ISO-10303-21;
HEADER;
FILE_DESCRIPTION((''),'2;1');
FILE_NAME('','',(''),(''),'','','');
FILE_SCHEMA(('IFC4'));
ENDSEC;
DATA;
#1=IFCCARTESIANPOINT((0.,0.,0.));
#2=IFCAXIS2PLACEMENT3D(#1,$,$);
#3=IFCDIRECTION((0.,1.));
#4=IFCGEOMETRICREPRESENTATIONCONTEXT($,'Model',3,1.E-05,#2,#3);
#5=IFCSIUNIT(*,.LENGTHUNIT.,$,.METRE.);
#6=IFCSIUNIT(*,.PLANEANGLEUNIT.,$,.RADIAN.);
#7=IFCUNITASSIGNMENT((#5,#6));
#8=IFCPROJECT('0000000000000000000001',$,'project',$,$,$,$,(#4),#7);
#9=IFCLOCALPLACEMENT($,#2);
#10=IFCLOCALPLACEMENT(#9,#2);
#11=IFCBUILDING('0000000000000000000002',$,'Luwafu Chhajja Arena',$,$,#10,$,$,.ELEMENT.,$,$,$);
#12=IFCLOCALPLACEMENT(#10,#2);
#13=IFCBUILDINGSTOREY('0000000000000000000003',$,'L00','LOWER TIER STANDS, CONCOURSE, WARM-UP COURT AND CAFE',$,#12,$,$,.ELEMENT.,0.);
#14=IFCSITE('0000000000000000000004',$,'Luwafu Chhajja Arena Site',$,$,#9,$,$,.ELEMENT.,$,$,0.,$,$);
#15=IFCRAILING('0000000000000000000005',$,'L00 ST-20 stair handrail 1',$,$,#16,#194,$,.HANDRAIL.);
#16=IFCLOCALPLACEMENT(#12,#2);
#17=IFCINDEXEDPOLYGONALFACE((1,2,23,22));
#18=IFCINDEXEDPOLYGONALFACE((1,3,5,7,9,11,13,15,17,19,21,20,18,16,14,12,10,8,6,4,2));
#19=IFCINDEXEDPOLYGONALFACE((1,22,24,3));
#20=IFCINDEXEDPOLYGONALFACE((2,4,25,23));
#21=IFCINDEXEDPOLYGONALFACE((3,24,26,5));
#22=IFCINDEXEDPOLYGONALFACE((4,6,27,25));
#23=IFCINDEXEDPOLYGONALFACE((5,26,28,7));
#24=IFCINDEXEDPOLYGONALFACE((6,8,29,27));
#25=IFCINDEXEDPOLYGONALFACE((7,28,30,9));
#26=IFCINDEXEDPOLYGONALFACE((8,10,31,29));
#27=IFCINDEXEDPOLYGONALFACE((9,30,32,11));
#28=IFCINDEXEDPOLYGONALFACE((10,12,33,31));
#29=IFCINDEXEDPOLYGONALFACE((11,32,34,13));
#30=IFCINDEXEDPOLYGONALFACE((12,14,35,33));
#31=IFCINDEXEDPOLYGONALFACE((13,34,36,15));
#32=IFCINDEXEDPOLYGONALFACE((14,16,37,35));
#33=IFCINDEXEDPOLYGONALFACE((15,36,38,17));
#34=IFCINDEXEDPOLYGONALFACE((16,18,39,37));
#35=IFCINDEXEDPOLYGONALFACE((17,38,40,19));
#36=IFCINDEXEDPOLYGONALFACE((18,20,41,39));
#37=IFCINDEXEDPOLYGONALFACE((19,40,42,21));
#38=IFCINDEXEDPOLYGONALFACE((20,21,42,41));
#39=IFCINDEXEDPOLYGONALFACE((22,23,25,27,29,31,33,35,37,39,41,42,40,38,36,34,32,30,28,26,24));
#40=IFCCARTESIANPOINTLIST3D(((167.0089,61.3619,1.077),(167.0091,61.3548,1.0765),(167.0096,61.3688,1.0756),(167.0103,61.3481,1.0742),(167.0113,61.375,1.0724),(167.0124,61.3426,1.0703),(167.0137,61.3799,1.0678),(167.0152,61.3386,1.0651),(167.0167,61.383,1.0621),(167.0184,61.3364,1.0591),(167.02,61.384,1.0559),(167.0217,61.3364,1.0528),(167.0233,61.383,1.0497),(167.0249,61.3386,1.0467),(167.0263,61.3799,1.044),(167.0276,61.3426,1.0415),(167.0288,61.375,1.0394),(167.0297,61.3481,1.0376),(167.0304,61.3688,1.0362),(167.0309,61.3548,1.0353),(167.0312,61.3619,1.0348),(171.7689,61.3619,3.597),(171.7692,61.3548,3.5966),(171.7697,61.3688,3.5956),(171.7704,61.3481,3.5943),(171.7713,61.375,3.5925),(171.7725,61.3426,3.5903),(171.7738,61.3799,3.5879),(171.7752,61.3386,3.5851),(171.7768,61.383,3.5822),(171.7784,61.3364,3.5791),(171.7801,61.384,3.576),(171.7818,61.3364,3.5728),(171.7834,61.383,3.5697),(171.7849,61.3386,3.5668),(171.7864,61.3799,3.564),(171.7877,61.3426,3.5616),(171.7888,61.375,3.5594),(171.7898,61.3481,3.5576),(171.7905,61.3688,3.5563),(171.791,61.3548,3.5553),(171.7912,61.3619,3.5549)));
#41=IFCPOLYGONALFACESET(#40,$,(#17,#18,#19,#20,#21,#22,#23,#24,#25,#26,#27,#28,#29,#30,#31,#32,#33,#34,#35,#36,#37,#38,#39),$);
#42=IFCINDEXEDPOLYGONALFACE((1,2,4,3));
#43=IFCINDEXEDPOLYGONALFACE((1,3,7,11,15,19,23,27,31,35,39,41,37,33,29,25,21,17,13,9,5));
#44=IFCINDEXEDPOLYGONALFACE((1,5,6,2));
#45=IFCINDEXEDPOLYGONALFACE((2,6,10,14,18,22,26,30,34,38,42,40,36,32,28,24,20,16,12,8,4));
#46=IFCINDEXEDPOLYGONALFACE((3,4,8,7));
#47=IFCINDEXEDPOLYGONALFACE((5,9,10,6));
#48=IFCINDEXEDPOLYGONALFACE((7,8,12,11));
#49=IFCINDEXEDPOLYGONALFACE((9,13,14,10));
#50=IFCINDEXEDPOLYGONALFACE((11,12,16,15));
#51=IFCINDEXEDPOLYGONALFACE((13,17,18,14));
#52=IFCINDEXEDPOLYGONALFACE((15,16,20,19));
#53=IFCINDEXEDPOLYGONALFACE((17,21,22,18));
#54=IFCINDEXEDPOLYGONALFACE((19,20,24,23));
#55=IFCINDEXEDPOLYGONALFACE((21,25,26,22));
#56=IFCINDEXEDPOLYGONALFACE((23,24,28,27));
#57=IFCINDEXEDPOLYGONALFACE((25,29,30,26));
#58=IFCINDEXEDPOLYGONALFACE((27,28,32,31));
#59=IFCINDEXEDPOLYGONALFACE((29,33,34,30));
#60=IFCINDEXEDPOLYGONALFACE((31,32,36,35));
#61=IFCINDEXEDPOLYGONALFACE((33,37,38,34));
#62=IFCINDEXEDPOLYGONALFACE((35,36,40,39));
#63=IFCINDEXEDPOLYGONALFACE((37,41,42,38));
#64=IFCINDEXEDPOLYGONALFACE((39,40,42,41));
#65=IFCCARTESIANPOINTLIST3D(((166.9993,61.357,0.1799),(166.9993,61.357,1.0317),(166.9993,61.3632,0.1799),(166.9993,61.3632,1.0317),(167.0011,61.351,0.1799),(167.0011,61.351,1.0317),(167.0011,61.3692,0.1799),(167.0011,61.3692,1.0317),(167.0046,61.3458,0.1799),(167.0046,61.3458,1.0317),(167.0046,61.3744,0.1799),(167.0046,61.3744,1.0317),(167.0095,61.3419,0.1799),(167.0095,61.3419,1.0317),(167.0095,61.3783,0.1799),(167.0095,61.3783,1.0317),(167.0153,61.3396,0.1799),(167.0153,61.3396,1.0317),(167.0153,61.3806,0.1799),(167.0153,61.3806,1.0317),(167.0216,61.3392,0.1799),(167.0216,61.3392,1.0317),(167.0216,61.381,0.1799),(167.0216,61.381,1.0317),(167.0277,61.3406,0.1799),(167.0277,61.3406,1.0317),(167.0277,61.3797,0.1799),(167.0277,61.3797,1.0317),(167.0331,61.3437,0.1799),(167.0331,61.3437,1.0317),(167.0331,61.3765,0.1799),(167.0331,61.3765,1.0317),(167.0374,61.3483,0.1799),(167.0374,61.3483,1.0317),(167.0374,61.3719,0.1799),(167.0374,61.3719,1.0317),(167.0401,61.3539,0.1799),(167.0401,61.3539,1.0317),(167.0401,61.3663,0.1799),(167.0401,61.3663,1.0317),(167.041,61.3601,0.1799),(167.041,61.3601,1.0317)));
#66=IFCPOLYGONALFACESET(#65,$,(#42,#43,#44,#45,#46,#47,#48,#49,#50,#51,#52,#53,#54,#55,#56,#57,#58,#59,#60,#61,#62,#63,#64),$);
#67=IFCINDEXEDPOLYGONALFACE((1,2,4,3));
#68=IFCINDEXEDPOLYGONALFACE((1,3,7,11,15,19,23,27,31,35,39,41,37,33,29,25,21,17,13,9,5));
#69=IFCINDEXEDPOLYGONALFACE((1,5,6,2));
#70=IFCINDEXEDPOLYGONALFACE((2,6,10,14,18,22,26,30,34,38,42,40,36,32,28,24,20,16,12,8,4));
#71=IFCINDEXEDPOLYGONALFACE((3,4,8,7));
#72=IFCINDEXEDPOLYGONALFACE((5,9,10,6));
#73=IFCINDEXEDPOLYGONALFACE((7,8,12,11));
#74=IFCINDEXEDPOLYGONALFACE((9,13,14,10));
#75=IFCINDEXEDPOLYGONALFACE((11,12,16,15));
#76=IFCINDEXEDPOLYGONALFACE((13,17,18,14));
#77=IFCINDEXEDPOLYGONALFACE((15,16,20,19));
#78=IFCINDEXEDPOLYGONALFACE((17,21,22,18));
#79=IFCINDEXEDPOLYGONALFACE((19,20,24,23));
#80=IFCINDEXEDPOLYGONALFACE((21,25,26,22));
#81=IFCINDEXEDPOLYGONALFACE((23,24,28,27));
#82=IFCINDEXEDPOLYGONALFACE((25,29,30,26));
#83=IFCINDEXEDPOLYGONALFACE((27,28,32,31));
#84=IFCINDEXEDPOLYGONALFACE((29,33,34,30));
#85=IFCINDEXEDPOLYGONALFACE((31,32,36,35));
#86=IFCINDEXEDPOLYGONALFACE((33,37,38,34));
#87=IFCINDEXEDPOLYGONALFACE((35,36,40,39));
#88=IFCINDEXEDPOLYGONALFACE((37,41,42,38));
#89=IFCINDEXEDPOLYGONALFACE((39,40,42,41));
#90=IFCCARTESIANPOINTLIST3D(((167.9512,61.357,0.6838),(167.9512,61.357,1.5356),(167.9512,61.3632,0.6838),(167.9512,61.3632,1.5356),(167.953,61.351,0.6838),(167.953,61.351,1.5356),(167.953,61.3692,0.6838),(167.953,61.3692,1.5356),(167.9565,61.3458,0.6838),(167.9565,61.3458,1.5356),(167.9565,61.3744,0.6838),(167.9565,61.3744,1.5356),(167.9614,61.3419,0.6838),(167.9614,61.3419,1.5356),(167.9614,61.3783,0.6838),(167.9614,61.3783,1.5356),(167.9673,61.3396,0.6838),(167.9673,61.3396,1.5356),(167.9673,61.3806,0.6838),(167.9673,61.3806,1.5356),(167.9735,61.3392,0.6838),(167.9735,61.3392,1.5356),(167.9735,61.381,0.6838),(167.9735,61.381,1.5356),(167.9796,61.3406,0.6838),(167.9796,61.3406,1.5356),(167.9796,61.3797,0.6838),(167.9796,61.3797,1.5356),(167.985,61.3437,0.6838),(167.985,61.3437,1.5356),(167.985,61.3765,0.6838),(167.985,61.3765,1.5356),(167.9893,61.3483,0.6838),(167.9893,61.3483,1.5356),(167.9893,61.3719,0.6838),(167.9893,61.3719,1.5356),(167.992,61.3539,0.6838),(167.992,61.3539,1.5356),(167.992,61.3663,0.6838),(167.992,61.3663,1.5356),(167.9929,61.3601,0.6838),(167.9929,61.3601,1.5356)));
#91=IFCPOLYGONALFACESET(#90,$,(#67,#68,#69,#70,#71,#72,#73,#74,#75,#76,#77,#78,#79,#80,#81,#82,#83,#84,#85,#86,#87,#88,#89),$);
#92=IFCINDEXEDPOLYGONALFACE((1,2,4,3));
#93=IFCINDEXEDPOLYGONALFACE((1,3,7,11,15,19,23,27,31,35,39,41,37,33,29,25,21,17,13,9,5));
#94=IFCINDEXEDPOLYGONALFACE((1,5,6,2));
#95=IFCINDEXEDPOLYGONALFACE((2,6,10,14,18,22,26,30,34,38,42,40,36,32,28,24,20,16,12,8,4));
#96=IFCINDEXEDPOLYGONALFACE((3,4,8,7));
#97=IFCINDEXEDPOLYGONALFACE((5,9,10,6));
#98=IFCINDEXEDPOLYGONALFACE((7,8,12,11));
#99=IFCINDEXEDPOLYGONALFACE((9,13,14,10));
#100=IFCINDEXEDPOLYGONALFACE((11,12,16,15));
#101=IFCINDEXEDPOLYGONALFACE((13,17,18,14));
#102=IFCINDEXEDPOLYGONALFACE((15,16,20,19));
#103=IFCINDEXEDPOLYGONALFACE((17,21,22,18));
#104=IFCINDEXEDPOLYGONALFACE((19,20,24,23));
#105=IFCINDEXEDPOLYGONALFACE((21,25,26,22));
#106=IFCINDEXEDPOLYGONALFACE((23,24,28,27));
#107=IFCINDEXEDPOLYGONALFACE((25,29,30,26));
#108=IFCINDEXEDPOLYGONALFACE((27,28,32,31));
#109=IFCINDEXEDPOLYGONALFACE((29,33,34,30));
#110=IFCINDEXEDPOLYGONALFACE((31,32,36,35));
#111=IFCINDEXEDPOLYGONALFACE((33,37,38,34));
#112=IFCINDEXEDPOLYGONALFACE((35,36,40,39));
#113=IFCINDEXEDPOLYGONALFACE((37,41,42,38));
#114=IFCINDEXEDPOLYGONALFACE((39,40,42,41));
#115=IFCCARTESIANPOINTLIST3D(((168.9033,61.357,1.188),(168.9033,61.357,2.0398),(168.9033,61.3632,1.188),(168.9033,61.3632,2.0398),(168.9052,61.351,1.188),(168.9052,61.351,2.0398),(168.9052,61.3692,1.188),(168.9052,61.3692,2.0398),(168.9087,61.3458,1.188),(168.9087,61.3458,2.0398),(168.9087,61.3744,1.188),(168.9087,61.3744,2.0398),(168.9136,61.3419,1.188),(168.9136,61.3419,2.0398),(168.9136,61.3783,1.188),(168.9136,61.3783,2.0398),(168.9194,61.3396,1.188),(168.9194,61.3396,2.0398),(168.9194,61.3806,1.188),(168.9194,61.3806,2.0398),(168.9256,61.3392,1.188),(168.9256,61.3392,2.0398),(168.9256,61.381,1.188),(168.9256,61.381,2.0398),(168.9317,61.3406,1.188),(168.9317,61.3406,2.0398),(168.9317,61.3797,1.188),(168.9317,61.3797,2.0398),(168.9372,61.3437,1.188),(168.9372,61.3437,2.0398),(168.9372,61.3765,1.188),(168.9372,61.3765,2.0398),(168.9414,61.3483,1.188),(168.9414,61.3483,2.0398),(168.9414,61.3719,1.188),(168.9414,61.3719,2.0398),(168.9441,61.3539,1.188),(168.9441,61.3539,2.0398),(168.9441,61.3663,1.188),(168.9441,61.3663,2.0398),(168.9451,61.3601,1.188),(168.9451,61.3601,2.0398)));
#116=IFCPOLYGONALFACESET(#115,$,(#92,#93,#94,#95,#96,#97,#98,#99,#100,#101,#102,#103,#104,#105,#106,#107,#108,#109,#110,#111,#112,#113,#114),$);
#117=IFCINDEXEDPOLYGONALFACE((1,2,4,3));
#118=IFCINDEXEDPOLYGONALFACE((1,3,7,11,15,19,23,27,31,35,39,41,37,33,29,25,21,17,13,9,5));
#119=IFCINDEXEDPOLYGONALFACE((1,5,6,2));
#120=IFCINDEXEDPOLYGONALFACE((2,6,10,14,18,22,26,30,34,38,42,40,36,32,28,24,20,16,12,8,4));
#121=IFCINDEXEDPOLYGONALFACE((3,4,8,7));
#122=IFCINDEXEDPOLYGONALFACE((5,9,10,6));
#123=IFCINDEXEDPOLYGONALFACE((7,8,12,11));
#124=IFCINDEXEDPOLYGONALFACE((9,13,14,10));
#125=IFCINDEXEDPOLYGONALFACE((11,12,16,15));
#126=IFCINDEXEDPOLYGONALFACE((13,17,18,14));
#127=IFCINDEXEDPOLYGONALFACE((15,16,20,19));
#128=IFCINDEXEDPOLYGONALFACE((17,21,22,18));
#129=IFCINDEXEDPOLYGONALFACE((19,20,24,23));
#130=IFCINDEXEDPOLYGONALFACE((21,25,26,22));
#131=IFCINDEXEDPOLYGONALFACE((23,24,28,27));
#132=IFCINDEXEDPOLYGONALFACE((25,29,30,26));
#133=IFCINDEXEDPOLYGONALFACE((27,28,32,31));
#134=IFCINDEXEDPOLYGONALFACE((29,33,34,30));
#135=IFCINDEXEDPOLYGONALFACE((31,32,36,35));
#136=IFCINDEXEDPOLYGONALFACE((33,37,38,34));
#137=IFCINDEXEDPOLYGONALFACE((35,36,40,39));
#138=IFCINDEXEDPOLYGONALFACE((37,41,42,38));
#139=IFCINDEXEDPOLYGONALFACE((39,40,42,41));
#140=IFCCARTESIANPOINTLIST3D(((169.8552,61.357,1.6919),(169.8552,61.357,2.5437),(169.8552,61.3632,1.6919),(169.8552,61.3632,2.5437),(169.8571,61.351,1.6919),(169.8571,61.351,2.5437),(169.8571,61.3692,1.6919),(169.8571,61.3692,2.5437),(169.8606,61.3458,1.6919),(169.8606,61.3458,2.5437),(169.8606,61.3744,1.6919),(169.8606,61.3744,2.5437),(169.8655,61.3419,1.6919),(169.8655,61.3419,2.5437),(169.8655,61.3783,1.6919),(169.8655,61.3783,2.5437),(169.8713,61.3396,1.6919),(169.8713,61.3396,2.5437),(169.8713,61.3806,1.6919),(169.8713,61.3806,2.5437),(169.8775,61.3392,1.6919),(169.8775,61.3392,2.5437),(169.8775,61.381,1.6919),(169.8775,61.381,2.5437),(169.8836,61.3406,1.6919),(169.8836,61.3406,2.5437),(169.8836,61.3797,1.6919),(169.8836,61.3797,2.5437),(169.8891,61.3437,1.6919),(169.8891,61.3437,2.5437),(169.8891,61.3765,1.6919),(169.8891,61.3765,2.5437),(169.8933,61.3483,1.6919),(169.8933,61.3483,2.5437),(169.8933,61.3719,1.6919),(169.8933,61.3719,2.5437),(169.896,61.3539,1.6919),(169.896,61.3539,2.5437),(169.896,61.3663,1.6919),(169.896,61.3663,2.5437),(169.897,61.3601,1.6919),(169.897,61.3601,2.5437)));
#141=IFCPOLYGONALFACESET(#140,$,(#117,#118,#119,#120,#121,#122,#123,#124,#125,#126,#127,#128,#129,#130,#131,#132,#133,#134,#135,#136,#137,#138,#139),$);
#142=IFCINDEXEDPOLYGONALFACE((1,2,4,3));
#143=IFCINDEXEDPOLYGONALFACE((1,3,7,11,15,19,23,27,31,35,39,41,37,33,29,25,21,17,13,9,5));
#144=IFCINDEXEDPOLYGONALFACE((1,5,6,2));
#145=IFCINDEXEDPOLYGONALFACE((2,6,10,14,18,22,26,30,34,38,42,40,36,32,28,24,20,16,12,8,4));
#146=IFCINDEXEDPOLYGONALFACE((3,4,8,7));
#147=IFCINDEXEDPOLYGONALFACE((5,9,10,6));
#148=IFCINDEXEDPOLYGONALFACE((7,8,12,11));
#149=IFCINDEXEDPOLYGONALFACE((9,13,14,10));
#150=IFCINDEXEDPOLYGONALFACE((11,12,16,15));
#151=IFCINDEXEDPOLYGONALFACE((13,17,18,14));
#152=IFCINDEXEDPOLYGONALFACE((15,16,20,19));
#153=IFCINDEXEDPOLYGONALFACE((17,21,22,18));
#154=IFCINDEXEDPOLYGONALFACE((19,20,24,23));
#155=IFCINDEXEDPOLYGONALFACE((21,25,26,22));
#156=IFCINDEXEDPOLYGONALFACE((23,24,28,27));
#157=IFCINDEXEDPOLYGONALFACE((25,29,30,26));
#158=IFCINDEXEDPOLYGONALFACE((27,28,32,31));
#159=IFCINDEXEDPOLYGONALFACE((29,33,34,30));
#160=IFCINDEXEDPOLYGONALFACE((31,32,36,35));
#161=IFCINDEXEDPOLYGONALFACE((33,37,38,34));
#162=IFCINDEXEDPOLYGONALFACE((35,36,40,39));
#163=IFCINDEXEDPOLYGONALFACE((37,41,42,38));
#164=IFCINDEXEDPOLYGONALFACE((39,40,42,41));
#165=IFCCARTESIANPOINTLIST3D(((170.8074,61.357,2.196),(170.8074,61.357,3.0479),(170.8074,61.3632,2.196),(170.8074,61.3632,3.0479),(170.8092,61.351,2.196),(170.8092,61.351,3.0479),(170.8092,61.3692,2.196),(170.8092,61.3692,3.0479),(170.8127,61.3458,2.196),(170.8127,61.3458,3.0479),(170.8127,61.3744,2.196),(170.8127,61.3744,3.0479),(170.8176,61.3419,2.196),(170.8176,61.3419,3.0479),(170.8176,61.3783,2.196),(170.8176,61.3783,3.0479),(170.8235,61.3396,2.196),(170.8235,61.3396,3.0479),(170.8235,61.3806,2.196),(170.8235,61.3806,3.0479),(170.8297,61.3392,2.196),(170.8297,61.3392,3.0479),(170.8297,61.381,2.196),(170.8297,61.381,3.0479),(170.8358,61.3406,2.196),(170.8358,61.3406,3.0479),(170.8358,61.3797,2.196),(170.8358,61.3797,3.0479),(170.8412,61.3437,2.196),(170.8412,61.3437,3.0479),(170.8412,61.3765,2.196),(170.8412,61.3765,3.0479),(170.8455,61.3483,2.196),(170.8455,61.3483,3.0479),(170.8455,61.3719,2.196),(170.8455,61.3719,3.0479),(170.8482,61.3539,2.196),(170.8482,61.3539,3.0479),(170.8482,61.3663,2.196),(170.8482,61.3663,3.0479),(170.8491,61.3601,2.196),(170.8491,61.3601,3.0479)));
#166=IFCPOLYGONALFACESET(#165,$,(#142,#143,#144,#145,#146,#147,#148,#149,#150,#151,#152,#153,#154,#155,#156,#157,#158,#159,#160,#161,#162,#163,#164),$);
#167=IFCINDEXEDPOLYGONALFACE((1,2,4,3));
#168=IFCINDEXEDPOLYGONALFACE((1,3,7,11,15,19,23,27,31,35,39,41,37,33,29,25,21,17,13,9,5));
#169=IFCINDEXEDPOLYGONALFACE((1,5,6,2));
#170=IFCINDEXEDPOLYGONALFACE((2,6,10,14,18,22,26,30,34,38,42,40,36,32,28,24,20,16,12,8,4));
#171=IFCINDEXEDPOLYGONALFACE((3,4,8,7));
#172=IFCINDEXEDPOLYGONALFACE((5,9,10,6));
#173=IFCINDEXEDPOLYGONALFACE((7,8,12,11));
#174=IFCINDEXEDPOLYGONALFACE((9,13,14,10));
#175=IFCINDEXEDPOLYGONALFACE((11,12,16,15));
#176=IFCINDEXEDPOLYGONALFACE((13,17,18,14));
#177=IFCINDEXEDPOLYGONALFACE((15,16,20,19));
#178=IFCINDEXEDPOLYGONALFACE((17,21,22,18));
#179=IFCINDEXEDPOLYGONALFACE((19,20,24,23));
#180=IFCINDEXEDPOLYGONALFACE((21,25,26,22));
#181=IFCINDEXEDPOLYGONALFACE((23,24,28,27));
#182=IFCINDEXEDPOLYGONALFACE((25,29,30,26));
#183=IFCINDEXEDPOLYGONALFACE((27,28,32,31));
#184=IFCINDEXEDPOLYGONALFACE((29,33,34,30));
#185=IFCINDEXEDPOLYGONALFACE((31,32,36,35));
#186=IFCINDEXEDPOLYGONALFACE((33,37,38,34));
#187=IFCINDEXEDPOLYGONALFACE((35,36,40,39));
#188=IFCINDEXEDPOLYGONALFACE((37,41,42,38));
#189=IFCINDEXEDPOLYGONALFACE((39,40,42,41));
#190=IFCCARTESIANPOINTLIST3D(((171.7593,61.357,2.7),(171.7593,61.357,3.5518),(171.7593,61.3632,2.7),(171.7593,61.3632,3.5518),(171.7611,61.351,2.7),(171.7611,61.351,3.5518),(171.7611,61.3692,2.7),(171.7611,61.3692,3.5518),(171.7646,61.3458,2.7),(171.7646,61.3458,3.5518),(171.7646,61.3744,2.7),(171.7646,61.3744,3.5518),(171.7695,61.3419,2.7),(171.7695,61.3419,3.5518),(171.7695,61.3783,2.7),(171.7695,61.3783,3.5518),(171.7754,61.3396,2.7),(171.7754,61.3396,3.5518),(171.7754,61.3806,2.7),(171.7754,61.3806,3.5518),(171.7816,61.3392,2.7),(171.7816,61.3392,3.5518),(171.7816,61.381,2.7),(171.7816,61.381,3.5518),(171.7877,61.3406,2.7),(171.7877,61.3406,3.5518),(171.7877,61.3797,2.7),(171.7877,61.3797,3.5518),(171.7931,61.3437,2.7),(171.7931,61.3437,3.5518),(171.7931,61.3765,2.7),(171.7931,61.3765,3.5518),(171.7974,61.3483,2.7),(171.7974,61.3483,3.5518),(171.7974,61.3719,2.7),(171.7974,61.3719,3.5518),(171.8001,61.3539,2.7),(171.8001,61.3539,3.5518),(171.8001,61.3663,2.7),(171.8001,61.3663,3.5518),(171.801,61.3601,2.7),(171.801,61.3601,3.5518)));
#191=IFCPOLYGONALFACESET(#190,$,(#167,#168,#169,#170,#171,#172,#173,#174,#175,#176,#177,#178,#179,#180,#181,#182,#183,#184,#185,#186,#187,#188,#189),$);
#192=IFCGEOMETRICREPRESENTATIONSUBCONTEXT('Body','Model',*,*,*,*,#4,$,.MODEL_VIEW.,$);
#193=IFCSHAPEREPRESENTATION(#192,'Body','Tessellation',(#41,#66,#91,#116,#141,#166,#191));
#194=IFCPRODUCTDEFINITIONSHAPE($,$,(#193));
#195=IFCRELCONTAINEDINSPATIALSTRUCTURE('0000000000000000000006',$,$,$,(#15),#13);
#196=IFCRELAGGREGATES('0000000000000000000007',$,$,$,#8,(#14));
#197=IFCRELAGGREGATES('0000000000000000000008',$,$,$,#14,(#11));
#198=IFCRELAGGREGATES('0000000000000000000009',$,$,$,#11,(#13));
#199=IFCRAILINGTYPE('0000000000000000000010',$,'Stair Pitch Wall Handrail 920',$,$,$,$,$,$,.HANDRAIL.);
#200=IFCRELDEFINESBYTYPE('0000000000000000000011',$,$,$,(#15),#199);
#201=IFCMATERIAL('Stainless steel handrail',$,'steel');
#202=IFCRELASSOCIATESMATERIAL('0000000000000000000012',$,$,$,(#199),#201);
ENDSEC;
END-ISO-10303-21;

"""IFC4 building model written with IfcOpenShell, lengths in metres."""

from ifc_helpers import new_model, si_unit, direction, frame, origin, origin_2d, place, context, subcontext, project, spatial, circle, extrude, material, type_object, element, save


model = new_model("IFC4")

# Units and contexts
model_context = context("Model", 3, precision=1e-05, world=origin(), true_north=direction((0.0, 1.0)))
body_context = subcontext(model_context, "Body", "Model", "MODEL_VIEW")
ifc_project = project(units=[si_unit("LENGTHUNIT", "METRE"), si_unit("PLANEANGLEUNIT", "RADIAN")], contexts=[model_context])

# Site, building, storey
site_placement = place(None, origin())
site = spatial("IfcSite", under=ifc_project, at=site_placement, Name="Luwafu Chhajja Arena Site", CompositionType="ELEMENT", RefElevation=0.0)
building_placement = place(site_placement, origin())
building = spatial("IfcBuilding", under=site, at=building_placement, Name="Luwafu Chhajja Arena", CompositionType="ELEMENT")
storey_placement = place(building_placement, origin())
storey = spatial("IfcBuildingStorey", under=building, at=storey_placement, Name="L00", Description="LOWER TIER STANDS, CONCOURSE, WARM-UP COURT AND CAFE", CompositionType="ELEMENT", Elevation=0.0)

# Railing
ifc_material_1 = material(Name="Stainless steel handrail", Category="steel")
railing_type_1 = type_object("IfcRailingType", Name="Stair Pitch Wall Handrail 920", PredefinedType="HANDRAIL", material=ifc_material_1)
for number, where, name in (
    (1, (167.02, 61.3601, 0.1799), "L00 ST-20 stair handrail 1"),
):
    element("IfcRailing", number, at=place(storey_placement, frame(where)), inside=storey, type_object=railing_type_1, Name=name, PredefinedType="HANDRAIL", context=body_context, shape_type="SweptSolid", body=[
        extrude(circle(Radius=0.0239, at=origin_2d()), frame((0.0, 0.0, 0.876), z_axis=(0.883787, 0.0, 0.46789), x_axis=(0.0, 1.0, 0.0)), (0.0, 0.0, 1.0), 5.386),
        extrude(circle(Radius=0.021, at=origin_2d()), origin(), (0.0, 0.0, 1.0), 0.8518),
        extrude(circle(Radius=0.021, at=origin_2d()), frame((0.9519, 0.0, 0.5039)), (0.0, 0.0, 1.0), 0.8518),
        extrude(circle(Radius=0.021, at=origin_2d()), frame((1.9041, 0.0, 1.0081)), (0.0, 0.0, 1.0), 0.8518),
        extrude(circle(Radius=0.021, at=origin_2d()), frame((2.856, 0.0, 1.512)), (0.0, 0.0, 1.0), 0.8518),
        extrude(circle(Radius=0.021, at=origin_2d()), frame((3.8081, 0.0, 2.0161)), (0.0, 0.0, 1.0), 0.8518),
        extrude(circle(Radius=0.021, at=origin_2d()), frame((4.76, 0.0, 2.52)), (0.0, 0.0, 1.0), 0.8518),
    ])

save(model, "model.ifc")
